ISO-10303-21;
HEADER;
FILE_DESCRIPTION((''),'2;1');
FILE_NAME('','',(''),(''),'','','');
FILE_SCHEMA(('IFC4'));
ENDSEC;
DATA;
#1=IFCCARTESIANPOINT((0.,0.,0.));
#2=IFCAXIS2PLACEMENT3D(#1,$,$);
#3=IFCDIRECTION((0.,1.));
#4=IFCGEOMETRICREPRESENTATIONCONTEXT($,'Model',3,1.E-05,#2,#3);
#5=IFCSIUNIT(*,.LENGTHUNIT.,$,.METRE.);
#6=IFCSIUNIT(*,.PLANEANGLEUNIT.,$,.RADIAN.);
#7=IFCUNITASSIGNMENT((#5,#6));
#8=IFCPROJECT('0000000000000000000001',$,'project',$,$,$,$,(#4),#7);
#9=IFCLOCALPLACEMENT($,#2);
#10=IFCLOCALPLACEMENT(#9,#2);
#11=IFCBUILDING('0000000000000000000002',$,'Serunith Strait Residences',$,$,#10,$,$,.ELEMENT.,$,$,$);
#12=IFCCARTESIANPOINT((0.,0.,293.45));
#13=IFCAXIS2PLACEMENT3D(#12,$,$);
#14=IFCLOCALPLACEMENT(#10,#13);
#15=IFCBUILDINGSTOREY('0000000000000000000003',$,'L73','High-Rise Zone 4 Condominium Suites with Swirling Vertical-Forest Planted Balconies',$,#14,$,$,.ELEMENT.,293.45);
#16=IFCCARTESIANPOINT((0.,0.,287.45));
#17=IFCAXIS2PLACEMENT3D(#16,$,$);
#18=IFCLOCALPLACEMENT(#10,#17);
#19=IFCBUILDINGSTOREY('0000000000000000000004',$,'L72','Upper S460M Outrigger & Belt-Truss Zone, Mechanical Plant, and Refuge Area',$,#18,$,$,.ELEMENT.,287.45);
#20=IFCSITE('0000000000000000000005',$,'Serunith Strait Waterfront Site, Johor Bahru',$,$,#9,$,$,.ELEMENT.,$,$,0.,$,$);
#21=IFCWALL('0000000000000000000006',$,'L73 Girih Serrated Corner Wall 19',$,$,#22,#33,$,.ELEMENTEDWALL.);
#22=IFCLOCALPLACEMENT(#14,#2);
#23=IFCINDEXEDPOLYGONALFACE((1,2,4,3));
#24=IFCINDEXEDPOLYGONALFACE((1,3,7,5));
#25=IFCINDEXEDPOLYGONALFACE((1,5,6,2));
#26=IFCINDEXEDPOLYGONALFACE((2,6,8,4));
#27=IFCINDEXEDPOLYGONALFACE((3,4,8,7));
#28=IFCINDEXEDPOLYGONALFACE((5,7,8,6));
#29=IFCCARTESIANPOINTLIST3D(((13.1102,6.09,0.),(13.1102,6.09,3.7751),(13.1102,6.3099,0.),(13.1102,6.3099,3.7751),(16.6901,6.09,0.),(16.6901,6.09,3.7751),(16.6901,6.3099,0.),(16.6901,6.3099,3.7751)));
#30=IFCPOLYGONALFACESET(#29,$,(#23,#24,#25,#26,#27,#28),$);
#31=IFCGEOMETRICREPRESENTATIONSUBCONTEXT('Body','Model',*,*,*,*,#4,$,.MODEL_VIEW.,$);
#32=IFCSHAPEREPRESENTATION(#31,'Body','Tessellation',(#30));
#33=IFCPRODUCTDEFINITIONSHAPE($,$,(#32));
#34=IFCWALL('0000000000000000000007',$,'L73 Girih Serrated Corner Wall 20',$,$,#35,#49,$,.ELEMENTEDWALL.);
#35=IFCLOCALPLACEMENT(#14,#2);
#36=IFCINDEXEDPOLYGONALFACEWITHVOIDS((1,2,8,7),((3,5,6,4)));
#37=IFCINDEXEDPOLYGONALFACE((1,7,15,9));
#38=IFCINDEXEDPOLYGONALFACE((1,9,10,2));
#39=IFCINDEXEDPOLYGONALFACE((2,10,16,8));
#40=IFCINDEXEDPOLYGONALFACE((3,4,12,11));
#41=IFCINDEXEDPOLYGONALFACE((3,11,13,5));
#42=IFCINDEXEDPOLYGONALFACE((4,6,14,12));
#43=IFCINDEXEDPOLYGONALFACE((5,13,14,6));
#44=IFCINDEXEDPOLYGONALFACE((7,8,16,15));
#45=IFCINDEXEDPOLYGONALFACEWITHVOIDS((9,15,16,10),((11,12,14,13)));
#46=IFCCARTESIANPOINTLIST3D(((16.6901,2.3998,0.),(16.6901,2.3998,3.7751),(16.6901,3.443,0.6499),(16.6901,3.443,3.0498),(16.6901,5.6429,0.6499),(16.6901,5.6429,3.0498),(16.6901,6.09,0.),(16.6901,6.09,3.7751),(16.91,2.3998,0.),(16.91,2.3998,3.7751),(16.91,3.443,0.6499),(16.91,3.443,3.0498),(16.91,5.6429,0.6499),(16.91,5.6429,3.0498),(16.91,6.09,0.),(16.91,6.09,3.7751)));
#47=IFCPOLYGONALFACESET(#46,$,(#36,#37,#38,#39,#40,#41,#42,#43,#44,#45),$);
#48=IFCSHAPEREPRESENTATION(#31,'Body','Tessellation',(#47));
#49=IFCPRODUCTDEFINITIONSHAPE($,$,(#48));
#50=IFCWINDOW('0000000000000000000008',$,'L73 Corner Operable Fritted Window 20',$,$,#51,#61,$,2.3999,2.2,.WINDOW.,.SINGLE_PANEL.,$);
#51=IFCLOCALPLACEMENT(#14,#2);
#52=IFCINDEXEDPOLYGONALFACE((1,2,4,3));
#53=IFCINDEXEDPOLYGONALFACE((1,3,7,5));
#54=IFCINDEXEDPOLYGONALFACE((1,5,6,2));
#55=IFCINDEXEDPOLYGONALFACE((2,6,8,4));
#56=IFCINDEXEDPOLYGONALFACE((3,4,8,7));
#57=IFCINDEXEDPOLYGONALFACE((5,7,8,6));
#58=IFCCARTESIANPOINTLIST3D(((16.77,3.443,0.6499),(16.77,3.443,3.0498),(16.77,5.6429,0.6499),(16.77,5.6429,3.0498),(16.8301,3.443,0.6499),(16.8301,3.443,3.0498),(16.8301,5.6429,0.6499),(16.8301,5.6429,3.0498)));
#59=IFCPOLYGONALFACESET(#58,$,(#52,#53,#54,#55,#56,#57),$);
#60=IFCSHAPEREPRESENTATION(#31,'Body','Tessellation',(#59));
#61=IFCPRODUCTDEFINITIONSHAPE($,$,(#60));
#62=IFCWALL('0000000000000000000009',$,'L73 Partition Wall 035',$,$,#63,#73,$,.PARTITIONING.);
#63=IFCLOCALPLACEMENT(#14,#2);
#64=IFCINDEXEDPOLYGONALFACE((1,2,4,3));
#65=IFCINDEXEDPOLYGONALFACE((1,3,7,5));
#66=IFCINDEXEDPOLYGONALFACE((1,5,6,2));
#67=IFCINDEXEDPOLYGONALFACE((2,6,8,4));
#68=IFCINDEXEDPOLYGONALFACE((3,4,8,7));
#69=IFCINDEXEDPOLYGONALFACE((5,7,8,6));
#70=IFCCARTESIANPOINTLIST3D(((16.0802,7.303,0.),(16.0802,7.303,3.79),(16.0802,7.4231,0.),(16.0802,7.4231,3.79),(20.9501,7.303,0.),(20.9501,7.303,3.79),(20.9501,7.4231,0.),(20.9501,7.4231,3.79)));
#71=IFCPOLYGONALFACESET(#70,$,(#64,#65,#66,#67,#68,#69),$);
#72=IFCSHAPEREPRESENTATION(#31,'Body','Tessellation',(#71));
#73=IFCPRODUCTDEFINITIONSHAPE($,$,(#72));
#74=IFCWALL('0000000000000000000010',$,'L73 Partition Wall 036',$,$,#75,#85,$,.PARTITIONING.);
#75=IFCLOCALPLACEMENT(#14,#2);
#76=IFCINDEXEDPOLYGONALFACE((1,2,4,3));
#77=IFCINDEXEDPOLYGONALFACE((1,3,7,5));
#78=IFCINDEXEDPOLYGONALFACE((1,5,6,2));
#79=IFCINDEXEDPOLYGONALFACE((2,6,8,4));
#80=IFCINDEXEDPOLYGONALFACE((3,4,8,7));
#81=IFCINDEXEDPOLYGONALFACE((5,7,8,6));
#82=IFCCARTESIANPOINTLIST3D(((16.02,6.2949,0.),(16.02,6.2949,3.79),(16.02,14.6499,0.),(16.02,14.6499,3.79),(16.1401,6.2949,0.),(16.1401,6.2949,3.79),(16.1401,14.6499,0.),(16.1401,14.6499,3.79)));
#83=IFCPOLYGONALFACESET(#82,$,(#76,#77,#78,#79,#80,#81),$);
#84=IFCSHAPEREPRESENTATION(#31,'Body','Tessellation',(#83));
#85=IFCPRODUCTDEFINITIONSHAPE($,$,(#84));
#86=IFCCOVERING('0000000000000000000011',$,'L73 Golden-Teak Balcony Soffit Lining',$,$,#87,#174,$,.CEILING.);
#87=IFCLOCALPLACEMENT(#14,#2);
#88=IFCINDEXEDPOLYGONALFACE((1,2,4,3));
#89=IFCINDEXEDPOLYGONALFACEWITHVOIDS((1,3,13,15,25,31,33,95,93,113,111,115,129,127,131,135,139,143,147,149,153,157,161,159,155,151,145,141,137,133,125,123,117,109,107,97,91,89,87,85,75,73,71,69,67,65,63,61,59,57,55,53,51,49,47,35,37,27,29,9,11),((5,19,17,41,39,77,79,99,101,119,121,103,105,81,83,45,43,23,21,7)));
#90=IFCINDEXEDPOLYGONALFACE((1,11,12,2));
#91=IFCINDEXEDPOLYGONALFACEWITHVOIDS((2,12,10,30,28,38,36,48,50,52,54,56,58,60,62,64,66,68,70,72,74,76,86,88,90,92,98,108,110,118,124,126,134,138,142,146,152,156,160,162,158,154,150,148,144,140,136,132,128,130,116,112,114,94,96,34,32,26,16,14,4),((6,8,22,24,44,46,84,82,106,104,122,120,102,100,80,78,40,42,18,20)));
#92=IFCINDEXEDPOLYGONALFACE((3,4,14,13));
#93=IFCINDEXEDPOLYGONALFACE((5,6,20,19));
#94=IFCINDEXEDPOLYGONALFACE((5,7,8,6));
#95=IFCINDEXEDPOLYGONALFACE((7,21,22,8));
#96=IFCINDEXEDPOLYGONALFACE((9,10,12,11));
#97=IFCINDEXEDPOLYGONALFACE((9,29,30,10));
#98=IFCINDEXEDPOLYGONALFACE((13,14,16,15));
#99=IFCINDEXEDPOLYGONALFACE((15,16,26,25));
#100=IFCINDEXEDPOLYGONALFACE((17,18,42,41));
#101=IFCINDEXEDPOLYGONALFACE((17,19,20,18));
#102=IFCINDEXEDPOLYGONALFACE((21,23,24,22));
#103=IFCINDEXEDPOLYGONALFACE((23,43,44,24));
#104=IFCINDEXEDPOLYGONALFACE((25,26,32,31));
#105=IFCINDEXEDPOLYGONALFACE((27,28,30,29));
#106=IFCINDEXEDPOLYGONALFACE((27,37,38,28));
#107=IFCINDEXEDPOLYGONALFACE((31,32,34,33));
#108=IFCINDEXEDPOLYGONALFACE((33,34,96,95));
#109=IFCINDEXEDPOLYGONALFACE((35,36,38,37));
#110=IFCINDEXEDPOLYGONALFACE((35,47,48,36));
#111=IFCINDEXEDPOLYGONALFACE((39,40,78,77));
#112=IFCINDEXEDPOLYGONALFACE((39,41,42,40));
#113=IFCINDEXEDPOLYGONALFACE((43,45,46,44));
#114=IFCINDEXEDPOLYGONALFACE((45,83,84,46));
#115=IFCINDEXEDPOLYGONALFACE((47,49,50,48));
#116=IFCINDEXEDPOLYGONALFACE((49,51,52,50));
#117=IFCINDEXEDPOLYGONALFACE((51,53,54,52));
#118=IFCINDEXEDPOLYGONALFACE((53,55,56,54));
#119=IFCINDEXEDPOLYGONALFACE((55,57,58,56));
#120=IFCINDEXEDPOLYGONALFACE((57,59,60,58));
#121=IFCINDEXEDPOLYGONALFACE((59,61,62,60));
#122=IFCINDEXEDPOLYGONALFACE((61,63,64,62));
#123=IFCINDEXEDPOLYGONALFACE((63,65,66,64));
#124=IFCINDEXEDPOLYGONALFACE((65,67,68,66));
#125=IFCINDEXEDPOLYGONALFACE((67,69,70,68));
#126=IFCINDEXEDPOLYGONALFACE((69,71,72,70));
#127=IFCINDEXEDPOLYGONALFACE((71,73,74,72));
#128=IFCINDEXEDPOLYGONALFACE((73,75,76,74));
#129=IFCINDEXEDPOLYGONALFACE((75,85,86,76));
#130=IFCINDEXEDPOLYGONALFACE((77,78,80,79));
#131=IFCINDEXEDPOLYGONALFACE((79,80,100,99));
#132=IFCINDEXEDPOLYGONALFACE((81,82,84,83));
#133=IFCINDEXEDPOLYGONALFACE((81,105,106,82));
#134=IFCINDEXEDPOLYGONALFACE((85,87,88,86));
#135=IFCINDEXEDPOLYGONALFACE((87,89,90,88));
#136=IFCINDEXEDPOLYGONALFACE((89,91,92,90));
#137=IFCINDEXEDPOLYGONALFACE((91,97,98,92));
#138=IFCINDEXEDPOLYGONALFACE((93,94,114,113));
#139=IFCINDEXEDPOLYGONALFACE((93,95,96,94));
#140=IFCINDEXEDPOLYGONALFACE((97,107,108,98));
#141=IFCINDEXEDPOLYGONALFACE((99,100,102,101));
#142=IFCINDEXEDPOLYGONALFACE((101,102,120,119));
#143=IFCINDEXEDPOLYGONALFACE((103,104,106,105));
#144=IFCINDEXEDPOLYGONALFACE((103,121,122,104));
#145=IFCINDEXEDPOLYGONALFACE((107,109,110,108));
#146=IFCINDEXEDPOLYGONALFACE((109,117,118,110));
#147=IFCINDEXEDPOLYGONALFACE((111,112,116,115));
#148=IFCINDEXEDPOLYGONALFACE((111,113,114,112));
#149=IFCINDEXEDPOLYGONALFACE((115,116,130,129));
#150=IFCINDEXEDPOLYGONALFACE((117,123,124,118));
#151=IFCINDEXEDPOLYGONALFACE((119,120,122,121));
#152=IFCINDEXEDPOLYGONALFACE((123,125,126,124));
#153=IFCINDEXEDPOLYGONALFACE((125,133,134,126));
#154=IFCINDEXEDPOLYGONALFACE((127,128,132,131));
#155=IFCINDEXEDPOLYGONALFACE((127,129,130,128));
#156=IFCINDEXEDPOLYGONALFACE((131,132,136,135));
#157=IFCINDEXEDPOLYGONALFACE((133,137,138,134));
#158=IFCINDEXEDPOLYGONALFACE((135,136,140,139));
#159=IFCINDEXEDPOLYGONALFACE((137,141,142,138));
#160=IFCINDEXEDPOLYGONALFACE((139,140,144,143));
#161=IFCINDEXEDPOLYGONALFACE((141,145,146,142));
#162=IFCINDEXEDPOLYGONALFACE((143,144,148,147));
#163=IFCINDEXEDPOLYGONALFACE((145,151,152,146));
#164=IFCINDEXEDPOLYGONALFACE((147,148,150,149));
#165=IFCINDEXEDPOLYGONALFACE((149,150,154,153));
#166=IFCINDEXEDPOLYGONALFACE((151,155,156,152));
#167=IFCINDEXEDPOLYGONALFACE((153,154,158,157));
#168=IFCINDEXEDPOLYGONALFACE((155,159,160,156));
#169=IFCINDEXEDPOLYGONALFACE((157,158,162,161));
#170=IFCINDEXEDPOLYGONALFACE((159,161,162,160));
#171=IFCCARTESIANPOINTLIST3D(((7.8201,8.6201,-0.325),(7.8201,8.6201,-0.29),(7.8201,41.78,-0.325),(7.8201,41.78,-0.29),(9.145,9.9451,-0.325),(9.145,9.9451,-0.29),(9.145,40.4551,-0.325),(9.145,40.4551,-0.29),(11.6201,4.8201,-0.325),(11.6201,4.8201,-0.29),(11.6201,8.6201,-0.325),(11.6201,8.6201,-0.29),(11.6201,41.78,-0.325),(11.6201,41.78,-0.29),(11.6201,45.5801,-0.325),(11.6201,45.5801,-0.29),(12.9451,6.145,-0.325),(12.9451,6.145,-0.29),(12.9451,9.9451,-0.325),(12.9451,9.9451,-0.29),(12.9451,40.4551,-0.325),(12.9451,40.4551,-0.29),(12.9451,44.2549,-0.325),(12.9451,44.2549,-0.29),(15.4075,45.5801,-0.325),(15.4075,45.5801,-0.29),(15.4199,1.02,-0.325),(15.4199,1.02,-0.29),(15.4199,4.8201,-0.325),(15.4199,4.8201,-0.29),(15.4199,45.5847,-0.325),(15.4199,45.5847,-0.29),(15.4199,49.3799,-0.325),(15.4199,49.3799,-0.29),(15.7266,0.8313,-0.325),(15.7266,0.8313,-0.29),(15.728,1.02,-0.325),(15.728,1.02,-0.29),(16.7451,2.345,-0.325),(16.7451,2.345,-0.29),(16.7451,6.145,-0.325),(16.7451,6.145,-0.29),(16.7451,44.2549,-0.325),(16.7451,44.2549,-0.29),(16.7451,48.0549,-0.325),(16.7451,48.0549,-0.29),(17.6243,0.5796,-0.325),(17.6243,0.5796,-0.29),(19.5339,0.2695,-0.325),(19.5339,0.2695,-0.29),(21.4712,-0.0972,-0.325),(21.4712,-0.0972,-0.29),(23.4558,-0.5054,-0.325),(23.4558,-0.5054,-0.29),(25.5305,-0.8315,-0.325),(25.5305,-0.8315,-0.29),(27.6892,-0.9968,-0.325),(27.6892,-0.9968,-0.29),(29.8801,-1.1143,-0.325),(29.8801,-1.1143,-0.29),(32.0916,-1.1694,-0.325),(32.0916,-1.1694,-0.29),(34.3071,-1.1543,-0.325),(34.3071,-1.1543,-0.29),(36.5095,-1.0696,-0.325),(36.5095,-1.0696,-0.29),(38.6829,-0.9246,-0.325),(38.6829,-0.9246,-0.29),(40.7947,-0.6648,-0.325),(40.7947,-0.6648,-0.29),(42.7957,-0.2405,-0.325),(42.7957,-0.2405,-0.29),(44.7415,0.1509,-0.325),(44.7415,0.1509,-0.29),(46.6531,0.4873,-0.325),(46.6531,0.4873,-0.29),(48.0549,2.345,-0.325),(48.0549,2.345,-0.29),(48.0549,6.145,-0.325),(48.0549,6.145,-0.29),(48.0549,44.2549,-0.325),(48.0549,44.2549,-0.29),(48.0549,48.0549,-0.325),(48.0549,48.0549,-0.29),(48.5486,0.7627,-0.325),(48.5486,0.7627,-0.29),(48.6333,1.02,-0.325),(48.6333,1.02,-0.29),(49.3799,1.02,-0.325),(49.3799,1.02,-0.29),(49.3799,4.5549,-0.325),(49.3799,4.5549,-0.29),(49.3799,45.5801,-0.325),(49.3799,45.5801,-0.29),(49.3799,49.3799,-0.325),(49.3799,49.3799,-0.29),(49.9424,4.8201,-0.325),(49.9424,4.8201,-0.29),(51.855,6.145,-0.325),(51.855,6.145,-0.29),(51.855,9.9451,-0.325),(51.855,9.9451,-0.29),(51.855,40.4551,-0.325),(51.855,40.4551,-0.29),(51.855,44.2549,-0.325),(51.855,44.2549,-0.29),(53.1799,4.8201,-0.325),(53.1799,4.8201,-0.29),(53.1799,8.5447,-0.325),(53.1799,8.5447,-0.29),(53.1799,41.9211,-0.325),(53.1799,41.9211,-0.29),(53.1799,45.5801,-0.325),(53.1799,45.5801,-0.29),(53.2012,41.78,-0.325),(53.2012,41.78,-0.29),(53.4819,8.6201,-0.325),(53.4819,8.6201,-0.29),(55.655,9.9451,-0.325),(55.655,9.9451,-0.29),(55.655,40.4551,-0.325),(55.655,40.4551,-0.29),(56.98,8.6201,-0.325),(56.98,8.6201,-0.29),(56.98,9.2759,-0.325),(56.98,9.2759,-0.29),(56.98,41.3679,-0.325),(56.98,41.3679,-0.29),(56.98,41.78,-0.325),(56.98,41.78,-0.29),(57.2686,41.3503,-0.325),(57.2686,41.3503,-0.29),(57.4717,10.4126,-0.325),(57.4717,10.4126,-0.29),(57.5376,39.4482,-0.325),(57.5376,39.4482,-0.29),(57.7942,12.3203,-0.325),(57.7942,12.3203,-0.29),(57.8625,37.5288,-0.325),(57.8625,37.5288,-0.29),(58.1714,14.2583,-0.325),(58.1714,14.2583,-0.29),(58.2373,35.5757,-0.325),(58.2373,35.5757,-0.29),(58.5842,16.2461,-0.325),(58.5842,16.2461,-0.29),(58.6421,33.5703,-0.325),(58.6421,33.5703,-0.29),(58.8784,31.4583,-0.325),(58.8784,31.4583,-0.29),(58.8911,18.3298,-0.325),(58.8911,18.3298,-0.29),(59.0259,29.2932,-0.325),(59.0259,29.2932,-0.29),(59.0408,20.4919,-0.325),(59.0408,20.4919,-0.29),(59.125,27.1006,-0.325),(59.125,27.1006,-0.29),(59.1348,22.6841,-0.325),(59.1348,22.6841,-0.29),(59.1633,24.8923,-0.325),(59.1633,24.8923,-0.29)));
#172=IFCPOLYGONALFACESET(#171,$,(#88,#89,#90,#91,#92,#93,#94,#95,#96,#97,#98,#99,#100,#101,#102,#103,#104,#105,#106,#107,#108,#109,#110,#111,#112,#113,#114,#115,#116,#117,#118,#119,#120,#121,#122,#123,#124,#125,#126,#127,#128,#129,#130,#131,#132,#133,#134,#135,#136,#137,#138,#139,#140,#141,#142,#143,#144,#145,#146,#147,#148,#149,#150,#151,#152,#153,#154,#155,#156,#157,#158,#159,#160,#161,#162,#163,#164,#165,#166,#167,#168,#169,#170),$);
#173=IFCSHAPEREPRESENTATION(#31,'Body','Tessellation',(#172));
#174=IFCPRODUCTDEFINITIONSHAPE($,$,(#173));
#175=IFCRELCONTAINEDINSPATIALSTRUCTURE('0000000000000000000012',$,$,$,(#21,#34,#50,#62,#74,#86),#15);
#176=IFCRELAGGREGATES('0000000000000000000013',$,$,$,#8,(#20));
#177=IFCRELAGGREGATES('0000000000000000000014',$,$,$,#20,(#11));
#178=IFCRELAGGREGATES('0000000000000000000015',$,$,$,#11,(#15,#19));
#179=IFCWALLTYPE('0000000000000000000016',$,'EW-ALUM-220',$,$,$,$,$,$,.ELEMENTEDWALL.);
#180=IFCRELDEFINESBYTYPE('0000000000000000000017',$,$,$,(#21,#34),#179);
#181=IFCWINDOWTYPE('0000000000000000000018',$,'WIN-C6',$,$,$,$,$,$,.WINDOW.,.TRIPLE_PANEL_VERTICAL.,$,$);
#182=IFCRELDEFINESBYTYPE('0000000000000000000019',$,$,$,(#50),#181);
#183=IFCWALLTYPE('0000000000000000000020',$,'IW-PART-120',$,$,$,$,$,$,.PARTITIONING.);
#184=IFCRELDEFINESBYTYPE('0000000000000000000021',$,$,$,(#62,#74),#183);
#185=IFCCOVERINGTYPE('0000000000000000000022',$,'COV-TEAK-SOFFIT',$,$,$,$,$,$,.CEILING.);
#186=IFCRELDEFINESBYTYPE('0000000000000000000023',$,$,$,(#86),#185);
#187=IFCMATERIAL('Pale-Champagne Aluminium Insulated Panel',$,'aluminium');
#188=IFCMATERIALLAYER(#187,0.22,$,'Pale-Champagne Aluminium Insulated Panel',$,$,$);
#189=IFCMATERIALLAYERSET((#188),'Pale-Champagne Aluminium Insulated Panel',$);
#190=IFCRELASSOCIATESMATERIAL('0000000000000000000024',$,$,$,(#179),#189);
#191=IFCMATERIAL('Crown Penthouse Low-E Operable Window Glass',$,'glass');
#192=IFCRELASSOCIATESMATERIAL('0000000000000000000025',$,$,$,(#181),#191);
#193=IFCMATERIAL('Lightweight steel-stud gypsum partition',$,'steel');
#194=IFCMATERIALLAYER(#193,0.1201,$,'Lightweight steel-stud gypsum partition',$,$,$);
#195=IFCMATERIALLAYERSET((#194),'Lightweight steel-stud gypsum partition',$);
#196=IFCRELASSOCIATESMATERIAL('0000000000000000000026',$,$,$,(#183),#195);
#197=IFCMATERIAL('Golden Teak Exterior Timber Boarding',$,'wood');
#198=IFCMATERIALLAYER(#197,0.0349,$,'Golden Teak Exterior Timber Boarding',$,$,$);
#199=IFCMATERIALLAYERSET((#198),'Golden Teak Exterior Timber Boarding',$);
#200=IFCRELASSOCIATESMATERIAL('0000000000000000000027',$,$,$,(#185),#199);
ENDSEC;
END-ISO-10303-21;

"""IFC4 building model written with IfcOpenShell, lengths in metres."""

from ifc_helpers import new_model, si_unit, direction, frame, frame_2d, origin, place, context, subcontext, project, spatial, polyline, rectangle, outline, extrude, source, transform, mapped, material, layer, layer_set, type_object, element, fill, save


model = new_model("IFC4")

# Units and contexts
model_context = context("Model", 3, precision=1e-05, world=origin(), true_north=direction((0.0, 1.0)))
body_context = subcontext(model_context, "Body", "Model", "MODEL_VIEW")
ifc_project = project(units=[si_unit("LENGTHUNIT", "METRE"), si_unit("PLANEANGLEUNIT", "RADIAN")], contexts=[model_context])

# Site, building, storey
site_placement = place(None, origin())
site = spatial("IfcSite", under=ifc_project, at=site_placement, Name="Serunith Strait Waterfront Site, Johor Bahru", CompositionType="ELEMENT", RefElevation=0.0)
building_placement = place(site_placement, origin())
building = spatial("IfcBuilding", under=site, at=building_placement, Name="Serunith Strait Residences", CompositionType="ELEMENT")
storey_1_placement = place(building_placement, frame((0.0, 0.0, 293.45)))
storey_1 = spatial("IfcBuildingStorey", under=building, at=storey_1_placement, Name="L73", Description="High-Rise Zone 4 Condominium Suites with Swirling Vertical-Forest Planted Balconies", CompositionType="ELEMENT", Elevation=293.45)

# Shared definitions
storey_2_placement = place(building_placement, frame((0.0, 0.0, 287.45)))
storey_2 = spatial("IfcBuildingStorey", under=building, at=storey_2_placement, Name="L72", Description="Upper S460M Outrigger & Belt-Truss Zone, Mechanical Plant, and Refuge Area", CompositionType="ELEMENT", Elevation=287.45)

# Shared definitions
ifc_material_1 = material(Name="Pale-Champagne Aluminium Insulated Panel", Category="aluminium")
ifc_layer_1 = layer(ifc_material_1, 0.22, Name="Pale-Champagne Aluminium Insulated Panel")
ifc_layer_set_1 = layer_set([ifc_layer_1], Name="Pale-Champagne Aluminium Insulated Panel")
wall_type_1 = type_object("IfcWallType", Name="EW-ALUM-220", PredefinedType="ELEMENTEDWALL", material=ifc_layer_set_1)
ifc_material_2 = material(Name="Crown Penthouse Low-E Operable Window Glass", Category="glass")
window_type = type_object("IfcWindowType", Name="WIN-C6", PartitioningType="TRIPLE_PANEL_VERTICAL", PredefinedType="WINDOW", material=ifc_material_2)
shared_shape_1 = source(origin(), body_context, "Body", "SweptSolid", [
    extrude(rectangle(XDim=2.2, YDim=2.3999, at=frame_2d((1.1001, 1.2))), frame((0.0, 0.03, 0.0), z_axis=(0.0, -1.0, 0.0), x_axis=(1.0, 0.0, 0.0)), (0.0, 0.0, 1.0), 0.0601),
])

# Wall
wall_1_placement = place(storey_1_placement, frame((13.1101, 6.2, 0.0), z_axis=(0.0, 0.0, 1.0), x_axis=(1.0, 0.0, 0.0)))
element("IfcWall", 1, at=wall_1_placement, inside=storey_1, type_object=wall_type_1, Name="L73 Girih Serrated Corner Wall 19", PredefinedType="ELEMENTEDWALL", context=body_context, shape_type="SweptSolid", body=[
    extrude(rectangle(XDim=3.5798, YDim=0.22, at=frame_2d((1.79, 0.0))), origin(), (0.0, 0.0, 1.0), 3.7751),
])

# Wall, opening, window
wall_2_placement = place(storey_1_placement, frame((16.8, 6.0901, 0.0), z_axis=(0.0, 0.0, 1.0), x_axis=(0.0, -1.0, 0.0)))
wall_2 = element("IfcWall", 2, at=wall_2_placement, inside=storey_1, type_object=wall_type_1, Name="L73 Girih Serrated Corner Wall 20", PredefinedType="ELEMENTEDWALL", context=body_context, shape_type="SweptSolid", body=[
    extrude(rectangle(XDim=3.6902, YDim=0.22, at=frame_2d((1.8452, 0.0))), origin(), (0.0, 0.0, 1.0), 3.7751),
])
opening_1_placement = place(wall_2_placement, frame((0.447, 0.0, 0.6499)))
opening_1 = element("IfcOpeningElement", 3, at=opening_1_placement, cuts=wall_2, PredefinedType="OPENING", context=body_context, shape_type="SweptSolid", body=[
    extrude(rectangle(XDim=2.2, YDim=2.3999, at=frame_2d((1.1001, 1.2))), frame((0.0, 0.1201, 0.0), z_axis=(0.0, -1.0, 0.0), x_axis=(1.0, 0.0, 0.0)), (0.0, 0.0, 1.0), 0.24),
])
window_1_placement = place(opening_1_placement, origin())
window_1 = element("IfcWindow", 4, at=window_1_placement, inside=storey_1, type_object=window_type, Name="L73 Corner Operable Fritted Window 20", OverallHeight=2.3999, OverallWidth=2.2, PartitioningType="SINGLE_PANEL", PredefinedType="WINDOW", context=body_context, shape_type="MappedRepresentation", body=[
    mapped(shared_shape_1, transform((0.0, 0.0, 0.0), scale=1.0)),
])
fill(opening_1, window_1)

# Walls
ifc_material_3 = material(Name="Lightweight steel-stud gypsum partition", Category="steel")
ifc_layer_2 = layer(ifc_material_3, 0.1201, Name="Lightweight steel-stud gypsum partition")
ifc_layer_set_2 = layer_set([ifc_layer_2], Name="Lightweight steel-stud gypsum partition")
wall_type_2 = type_object("IfcWallType", Name="IW-PART-120", PredefinedType="PARTITIONING", material=ifc_layer_set_2)
wall_3_placement = place(storey_1_placement, frame((16.0801, 7.363, 0.0), z_axis=(0.0, 0.0, 1.0), x_axis=(1.0, 0.0, 0.0)))
element("IfcWall", 5, at=wall_3_placement, inside=storey_1, type_object=wall_type_2, Name="L73 Partition Wall 035", PredefinedType="PARTITIONING", context=body_context, shape_type="SweptSolid", body=[
    extrude(rectangle(XDim=4.8699, YDim=0.1201, at=frame_2d((2.4351, 0.0))), origin(), (0.0, 0.0, 1.0), 3.79),
])
wall_4_placement = place(storey_1_placement, frame((16.0801, 6.2949, 0.0), z_axis=(0.0, 0.0, 1.0), x_axis=(0.0, 1.0, 0.0)))
element("IfcWall", 6, at=wall_4_placement, inside=storey_1, type_object=wall_type_2, Name="L73 Partition Wall 036", PredefinedType="PARTITIONING", context=body_context, shape_type="SweptSolid", body=[
    extrude(rectangle(XDim=8.355, YDim=0.1201, at=frame_2d((4.1775, 0.0))), origin(), (0.0, 0.0, 1.0), 3.79),
])

# Covering
ifc_material_4 = material(Name="Golden Teak Exterior Timber Boarding", Category="wood")
ifc_layer_3 = layer(ifc_material_4, 0.0349, Name="Golden Teak Exterior Timber Boarding")
ifc_layer_set_3 = layer_set([ifc_layer_3], Name="Golden Teak Exterior Timber Boarding")
covering_type_1 = type_object("IfcCoveringType", Name="COV-TEAK-SOFFIT", PredefinedType="CEILING", material=ifc_layer_set_3)
covering_placement = place(storey_1_placement, frame((0.0, 0.0, -0.325)))
element("IfcCovering", 7, at=covering_placement, inside=storey_1, type_object=covering_type_1, Name="L73 Golden-Teak Balcony Soffit Lining", PredefinedType="CEILING", context=body_context, shape_type="SweptSolid", body=[
    extrude(outline(polyline([(15.4199, 1.02), (15.4199, 4.8201), (11.6201, 4.8201), (11.6201, 8.6201), (7.8201, 8.6201), (7.8201, 41.78), (11.6201, 41.78), (11.6201, 45.5801), (15.4075, 45.5801), (15.4199, 45.5847), (15.4199, 49.3799), (49.3799, 49.3799), (49.3799, 45.5801), (53.1799, 45.5801), (53.1799, 41.9211), (53.2012, 41.78), (56.98, 41.78), (56.98, 41.3679), (57.2686, 41.3503), (57.5376, 39.4482), (57.8625, 37.5288), (58.2373, 35.5757), (58.6421, 33.5703), (58.8784, 31.4583), (59.0259, 29.2932), (59.125, 27.1006), (59.1633, 24.8923), (59.1348, 22.6841), (59.0408, 20.4919), (58.8911, 18.3298), (58.5842, 16.2461), (58.1714, 14.2583), (57.7942, 12.3203), (57.4717, 10.4126), (56.98, 9.2759), (56.98, 8.6201), (53.4819, 8.6201), (53.1799, 8.5447), (53.1799, 4.8201), (49.9424, 4.8201), (49.3799, 4.5549), (49.3799, 1.02), (48.6333, 1.02), (48.5486, 0.7627), (46.6531, 0.4873), (44.7415, 0.1509), (42.7957, -0.2405), (40.7947, -0.6648), (38.6829, -0.9246), (36.5095, -1.0696), (34.3071, -1.1543), (32.0916, -1.1694), (29.8801, -1.1143), (27.6892, -0.9968), (25.5305, -0.8315), (23.4558, -0.5054), (21.4712, -0.0972), (19.5339, 0.2695), (17.6243, 0.5796), (15.7266, 0.8313), (15.728, 1.02), (15.4199, 1.02)]), holes=[polyline([(48.0549, 2.345), (48.0549, 6.145), (51.855, 6.145), (51.855, 9.9451), (55.655, 9.9451), (55.655, 40.4551), (51.855, 40.4551), (51.855, 44.2549), (48.0549, 44.2549), (48.0549, 48.0549), (16.7451, 48.0549), (16.7451, 44.2549), (12.9451, 44.2549), (12.9451, 40.4551), (9.145, 40.4551), (9.145, 9.9451), (12.9451, 9.9451), (12.9451, 6.145), (16.7451, 6.145), (16.7451, 2.345), (48.0549, 2.345)])]), origin(), (0.0, 0.0, 1.0), 0.0349),
])

save(model, "model.ifc")
